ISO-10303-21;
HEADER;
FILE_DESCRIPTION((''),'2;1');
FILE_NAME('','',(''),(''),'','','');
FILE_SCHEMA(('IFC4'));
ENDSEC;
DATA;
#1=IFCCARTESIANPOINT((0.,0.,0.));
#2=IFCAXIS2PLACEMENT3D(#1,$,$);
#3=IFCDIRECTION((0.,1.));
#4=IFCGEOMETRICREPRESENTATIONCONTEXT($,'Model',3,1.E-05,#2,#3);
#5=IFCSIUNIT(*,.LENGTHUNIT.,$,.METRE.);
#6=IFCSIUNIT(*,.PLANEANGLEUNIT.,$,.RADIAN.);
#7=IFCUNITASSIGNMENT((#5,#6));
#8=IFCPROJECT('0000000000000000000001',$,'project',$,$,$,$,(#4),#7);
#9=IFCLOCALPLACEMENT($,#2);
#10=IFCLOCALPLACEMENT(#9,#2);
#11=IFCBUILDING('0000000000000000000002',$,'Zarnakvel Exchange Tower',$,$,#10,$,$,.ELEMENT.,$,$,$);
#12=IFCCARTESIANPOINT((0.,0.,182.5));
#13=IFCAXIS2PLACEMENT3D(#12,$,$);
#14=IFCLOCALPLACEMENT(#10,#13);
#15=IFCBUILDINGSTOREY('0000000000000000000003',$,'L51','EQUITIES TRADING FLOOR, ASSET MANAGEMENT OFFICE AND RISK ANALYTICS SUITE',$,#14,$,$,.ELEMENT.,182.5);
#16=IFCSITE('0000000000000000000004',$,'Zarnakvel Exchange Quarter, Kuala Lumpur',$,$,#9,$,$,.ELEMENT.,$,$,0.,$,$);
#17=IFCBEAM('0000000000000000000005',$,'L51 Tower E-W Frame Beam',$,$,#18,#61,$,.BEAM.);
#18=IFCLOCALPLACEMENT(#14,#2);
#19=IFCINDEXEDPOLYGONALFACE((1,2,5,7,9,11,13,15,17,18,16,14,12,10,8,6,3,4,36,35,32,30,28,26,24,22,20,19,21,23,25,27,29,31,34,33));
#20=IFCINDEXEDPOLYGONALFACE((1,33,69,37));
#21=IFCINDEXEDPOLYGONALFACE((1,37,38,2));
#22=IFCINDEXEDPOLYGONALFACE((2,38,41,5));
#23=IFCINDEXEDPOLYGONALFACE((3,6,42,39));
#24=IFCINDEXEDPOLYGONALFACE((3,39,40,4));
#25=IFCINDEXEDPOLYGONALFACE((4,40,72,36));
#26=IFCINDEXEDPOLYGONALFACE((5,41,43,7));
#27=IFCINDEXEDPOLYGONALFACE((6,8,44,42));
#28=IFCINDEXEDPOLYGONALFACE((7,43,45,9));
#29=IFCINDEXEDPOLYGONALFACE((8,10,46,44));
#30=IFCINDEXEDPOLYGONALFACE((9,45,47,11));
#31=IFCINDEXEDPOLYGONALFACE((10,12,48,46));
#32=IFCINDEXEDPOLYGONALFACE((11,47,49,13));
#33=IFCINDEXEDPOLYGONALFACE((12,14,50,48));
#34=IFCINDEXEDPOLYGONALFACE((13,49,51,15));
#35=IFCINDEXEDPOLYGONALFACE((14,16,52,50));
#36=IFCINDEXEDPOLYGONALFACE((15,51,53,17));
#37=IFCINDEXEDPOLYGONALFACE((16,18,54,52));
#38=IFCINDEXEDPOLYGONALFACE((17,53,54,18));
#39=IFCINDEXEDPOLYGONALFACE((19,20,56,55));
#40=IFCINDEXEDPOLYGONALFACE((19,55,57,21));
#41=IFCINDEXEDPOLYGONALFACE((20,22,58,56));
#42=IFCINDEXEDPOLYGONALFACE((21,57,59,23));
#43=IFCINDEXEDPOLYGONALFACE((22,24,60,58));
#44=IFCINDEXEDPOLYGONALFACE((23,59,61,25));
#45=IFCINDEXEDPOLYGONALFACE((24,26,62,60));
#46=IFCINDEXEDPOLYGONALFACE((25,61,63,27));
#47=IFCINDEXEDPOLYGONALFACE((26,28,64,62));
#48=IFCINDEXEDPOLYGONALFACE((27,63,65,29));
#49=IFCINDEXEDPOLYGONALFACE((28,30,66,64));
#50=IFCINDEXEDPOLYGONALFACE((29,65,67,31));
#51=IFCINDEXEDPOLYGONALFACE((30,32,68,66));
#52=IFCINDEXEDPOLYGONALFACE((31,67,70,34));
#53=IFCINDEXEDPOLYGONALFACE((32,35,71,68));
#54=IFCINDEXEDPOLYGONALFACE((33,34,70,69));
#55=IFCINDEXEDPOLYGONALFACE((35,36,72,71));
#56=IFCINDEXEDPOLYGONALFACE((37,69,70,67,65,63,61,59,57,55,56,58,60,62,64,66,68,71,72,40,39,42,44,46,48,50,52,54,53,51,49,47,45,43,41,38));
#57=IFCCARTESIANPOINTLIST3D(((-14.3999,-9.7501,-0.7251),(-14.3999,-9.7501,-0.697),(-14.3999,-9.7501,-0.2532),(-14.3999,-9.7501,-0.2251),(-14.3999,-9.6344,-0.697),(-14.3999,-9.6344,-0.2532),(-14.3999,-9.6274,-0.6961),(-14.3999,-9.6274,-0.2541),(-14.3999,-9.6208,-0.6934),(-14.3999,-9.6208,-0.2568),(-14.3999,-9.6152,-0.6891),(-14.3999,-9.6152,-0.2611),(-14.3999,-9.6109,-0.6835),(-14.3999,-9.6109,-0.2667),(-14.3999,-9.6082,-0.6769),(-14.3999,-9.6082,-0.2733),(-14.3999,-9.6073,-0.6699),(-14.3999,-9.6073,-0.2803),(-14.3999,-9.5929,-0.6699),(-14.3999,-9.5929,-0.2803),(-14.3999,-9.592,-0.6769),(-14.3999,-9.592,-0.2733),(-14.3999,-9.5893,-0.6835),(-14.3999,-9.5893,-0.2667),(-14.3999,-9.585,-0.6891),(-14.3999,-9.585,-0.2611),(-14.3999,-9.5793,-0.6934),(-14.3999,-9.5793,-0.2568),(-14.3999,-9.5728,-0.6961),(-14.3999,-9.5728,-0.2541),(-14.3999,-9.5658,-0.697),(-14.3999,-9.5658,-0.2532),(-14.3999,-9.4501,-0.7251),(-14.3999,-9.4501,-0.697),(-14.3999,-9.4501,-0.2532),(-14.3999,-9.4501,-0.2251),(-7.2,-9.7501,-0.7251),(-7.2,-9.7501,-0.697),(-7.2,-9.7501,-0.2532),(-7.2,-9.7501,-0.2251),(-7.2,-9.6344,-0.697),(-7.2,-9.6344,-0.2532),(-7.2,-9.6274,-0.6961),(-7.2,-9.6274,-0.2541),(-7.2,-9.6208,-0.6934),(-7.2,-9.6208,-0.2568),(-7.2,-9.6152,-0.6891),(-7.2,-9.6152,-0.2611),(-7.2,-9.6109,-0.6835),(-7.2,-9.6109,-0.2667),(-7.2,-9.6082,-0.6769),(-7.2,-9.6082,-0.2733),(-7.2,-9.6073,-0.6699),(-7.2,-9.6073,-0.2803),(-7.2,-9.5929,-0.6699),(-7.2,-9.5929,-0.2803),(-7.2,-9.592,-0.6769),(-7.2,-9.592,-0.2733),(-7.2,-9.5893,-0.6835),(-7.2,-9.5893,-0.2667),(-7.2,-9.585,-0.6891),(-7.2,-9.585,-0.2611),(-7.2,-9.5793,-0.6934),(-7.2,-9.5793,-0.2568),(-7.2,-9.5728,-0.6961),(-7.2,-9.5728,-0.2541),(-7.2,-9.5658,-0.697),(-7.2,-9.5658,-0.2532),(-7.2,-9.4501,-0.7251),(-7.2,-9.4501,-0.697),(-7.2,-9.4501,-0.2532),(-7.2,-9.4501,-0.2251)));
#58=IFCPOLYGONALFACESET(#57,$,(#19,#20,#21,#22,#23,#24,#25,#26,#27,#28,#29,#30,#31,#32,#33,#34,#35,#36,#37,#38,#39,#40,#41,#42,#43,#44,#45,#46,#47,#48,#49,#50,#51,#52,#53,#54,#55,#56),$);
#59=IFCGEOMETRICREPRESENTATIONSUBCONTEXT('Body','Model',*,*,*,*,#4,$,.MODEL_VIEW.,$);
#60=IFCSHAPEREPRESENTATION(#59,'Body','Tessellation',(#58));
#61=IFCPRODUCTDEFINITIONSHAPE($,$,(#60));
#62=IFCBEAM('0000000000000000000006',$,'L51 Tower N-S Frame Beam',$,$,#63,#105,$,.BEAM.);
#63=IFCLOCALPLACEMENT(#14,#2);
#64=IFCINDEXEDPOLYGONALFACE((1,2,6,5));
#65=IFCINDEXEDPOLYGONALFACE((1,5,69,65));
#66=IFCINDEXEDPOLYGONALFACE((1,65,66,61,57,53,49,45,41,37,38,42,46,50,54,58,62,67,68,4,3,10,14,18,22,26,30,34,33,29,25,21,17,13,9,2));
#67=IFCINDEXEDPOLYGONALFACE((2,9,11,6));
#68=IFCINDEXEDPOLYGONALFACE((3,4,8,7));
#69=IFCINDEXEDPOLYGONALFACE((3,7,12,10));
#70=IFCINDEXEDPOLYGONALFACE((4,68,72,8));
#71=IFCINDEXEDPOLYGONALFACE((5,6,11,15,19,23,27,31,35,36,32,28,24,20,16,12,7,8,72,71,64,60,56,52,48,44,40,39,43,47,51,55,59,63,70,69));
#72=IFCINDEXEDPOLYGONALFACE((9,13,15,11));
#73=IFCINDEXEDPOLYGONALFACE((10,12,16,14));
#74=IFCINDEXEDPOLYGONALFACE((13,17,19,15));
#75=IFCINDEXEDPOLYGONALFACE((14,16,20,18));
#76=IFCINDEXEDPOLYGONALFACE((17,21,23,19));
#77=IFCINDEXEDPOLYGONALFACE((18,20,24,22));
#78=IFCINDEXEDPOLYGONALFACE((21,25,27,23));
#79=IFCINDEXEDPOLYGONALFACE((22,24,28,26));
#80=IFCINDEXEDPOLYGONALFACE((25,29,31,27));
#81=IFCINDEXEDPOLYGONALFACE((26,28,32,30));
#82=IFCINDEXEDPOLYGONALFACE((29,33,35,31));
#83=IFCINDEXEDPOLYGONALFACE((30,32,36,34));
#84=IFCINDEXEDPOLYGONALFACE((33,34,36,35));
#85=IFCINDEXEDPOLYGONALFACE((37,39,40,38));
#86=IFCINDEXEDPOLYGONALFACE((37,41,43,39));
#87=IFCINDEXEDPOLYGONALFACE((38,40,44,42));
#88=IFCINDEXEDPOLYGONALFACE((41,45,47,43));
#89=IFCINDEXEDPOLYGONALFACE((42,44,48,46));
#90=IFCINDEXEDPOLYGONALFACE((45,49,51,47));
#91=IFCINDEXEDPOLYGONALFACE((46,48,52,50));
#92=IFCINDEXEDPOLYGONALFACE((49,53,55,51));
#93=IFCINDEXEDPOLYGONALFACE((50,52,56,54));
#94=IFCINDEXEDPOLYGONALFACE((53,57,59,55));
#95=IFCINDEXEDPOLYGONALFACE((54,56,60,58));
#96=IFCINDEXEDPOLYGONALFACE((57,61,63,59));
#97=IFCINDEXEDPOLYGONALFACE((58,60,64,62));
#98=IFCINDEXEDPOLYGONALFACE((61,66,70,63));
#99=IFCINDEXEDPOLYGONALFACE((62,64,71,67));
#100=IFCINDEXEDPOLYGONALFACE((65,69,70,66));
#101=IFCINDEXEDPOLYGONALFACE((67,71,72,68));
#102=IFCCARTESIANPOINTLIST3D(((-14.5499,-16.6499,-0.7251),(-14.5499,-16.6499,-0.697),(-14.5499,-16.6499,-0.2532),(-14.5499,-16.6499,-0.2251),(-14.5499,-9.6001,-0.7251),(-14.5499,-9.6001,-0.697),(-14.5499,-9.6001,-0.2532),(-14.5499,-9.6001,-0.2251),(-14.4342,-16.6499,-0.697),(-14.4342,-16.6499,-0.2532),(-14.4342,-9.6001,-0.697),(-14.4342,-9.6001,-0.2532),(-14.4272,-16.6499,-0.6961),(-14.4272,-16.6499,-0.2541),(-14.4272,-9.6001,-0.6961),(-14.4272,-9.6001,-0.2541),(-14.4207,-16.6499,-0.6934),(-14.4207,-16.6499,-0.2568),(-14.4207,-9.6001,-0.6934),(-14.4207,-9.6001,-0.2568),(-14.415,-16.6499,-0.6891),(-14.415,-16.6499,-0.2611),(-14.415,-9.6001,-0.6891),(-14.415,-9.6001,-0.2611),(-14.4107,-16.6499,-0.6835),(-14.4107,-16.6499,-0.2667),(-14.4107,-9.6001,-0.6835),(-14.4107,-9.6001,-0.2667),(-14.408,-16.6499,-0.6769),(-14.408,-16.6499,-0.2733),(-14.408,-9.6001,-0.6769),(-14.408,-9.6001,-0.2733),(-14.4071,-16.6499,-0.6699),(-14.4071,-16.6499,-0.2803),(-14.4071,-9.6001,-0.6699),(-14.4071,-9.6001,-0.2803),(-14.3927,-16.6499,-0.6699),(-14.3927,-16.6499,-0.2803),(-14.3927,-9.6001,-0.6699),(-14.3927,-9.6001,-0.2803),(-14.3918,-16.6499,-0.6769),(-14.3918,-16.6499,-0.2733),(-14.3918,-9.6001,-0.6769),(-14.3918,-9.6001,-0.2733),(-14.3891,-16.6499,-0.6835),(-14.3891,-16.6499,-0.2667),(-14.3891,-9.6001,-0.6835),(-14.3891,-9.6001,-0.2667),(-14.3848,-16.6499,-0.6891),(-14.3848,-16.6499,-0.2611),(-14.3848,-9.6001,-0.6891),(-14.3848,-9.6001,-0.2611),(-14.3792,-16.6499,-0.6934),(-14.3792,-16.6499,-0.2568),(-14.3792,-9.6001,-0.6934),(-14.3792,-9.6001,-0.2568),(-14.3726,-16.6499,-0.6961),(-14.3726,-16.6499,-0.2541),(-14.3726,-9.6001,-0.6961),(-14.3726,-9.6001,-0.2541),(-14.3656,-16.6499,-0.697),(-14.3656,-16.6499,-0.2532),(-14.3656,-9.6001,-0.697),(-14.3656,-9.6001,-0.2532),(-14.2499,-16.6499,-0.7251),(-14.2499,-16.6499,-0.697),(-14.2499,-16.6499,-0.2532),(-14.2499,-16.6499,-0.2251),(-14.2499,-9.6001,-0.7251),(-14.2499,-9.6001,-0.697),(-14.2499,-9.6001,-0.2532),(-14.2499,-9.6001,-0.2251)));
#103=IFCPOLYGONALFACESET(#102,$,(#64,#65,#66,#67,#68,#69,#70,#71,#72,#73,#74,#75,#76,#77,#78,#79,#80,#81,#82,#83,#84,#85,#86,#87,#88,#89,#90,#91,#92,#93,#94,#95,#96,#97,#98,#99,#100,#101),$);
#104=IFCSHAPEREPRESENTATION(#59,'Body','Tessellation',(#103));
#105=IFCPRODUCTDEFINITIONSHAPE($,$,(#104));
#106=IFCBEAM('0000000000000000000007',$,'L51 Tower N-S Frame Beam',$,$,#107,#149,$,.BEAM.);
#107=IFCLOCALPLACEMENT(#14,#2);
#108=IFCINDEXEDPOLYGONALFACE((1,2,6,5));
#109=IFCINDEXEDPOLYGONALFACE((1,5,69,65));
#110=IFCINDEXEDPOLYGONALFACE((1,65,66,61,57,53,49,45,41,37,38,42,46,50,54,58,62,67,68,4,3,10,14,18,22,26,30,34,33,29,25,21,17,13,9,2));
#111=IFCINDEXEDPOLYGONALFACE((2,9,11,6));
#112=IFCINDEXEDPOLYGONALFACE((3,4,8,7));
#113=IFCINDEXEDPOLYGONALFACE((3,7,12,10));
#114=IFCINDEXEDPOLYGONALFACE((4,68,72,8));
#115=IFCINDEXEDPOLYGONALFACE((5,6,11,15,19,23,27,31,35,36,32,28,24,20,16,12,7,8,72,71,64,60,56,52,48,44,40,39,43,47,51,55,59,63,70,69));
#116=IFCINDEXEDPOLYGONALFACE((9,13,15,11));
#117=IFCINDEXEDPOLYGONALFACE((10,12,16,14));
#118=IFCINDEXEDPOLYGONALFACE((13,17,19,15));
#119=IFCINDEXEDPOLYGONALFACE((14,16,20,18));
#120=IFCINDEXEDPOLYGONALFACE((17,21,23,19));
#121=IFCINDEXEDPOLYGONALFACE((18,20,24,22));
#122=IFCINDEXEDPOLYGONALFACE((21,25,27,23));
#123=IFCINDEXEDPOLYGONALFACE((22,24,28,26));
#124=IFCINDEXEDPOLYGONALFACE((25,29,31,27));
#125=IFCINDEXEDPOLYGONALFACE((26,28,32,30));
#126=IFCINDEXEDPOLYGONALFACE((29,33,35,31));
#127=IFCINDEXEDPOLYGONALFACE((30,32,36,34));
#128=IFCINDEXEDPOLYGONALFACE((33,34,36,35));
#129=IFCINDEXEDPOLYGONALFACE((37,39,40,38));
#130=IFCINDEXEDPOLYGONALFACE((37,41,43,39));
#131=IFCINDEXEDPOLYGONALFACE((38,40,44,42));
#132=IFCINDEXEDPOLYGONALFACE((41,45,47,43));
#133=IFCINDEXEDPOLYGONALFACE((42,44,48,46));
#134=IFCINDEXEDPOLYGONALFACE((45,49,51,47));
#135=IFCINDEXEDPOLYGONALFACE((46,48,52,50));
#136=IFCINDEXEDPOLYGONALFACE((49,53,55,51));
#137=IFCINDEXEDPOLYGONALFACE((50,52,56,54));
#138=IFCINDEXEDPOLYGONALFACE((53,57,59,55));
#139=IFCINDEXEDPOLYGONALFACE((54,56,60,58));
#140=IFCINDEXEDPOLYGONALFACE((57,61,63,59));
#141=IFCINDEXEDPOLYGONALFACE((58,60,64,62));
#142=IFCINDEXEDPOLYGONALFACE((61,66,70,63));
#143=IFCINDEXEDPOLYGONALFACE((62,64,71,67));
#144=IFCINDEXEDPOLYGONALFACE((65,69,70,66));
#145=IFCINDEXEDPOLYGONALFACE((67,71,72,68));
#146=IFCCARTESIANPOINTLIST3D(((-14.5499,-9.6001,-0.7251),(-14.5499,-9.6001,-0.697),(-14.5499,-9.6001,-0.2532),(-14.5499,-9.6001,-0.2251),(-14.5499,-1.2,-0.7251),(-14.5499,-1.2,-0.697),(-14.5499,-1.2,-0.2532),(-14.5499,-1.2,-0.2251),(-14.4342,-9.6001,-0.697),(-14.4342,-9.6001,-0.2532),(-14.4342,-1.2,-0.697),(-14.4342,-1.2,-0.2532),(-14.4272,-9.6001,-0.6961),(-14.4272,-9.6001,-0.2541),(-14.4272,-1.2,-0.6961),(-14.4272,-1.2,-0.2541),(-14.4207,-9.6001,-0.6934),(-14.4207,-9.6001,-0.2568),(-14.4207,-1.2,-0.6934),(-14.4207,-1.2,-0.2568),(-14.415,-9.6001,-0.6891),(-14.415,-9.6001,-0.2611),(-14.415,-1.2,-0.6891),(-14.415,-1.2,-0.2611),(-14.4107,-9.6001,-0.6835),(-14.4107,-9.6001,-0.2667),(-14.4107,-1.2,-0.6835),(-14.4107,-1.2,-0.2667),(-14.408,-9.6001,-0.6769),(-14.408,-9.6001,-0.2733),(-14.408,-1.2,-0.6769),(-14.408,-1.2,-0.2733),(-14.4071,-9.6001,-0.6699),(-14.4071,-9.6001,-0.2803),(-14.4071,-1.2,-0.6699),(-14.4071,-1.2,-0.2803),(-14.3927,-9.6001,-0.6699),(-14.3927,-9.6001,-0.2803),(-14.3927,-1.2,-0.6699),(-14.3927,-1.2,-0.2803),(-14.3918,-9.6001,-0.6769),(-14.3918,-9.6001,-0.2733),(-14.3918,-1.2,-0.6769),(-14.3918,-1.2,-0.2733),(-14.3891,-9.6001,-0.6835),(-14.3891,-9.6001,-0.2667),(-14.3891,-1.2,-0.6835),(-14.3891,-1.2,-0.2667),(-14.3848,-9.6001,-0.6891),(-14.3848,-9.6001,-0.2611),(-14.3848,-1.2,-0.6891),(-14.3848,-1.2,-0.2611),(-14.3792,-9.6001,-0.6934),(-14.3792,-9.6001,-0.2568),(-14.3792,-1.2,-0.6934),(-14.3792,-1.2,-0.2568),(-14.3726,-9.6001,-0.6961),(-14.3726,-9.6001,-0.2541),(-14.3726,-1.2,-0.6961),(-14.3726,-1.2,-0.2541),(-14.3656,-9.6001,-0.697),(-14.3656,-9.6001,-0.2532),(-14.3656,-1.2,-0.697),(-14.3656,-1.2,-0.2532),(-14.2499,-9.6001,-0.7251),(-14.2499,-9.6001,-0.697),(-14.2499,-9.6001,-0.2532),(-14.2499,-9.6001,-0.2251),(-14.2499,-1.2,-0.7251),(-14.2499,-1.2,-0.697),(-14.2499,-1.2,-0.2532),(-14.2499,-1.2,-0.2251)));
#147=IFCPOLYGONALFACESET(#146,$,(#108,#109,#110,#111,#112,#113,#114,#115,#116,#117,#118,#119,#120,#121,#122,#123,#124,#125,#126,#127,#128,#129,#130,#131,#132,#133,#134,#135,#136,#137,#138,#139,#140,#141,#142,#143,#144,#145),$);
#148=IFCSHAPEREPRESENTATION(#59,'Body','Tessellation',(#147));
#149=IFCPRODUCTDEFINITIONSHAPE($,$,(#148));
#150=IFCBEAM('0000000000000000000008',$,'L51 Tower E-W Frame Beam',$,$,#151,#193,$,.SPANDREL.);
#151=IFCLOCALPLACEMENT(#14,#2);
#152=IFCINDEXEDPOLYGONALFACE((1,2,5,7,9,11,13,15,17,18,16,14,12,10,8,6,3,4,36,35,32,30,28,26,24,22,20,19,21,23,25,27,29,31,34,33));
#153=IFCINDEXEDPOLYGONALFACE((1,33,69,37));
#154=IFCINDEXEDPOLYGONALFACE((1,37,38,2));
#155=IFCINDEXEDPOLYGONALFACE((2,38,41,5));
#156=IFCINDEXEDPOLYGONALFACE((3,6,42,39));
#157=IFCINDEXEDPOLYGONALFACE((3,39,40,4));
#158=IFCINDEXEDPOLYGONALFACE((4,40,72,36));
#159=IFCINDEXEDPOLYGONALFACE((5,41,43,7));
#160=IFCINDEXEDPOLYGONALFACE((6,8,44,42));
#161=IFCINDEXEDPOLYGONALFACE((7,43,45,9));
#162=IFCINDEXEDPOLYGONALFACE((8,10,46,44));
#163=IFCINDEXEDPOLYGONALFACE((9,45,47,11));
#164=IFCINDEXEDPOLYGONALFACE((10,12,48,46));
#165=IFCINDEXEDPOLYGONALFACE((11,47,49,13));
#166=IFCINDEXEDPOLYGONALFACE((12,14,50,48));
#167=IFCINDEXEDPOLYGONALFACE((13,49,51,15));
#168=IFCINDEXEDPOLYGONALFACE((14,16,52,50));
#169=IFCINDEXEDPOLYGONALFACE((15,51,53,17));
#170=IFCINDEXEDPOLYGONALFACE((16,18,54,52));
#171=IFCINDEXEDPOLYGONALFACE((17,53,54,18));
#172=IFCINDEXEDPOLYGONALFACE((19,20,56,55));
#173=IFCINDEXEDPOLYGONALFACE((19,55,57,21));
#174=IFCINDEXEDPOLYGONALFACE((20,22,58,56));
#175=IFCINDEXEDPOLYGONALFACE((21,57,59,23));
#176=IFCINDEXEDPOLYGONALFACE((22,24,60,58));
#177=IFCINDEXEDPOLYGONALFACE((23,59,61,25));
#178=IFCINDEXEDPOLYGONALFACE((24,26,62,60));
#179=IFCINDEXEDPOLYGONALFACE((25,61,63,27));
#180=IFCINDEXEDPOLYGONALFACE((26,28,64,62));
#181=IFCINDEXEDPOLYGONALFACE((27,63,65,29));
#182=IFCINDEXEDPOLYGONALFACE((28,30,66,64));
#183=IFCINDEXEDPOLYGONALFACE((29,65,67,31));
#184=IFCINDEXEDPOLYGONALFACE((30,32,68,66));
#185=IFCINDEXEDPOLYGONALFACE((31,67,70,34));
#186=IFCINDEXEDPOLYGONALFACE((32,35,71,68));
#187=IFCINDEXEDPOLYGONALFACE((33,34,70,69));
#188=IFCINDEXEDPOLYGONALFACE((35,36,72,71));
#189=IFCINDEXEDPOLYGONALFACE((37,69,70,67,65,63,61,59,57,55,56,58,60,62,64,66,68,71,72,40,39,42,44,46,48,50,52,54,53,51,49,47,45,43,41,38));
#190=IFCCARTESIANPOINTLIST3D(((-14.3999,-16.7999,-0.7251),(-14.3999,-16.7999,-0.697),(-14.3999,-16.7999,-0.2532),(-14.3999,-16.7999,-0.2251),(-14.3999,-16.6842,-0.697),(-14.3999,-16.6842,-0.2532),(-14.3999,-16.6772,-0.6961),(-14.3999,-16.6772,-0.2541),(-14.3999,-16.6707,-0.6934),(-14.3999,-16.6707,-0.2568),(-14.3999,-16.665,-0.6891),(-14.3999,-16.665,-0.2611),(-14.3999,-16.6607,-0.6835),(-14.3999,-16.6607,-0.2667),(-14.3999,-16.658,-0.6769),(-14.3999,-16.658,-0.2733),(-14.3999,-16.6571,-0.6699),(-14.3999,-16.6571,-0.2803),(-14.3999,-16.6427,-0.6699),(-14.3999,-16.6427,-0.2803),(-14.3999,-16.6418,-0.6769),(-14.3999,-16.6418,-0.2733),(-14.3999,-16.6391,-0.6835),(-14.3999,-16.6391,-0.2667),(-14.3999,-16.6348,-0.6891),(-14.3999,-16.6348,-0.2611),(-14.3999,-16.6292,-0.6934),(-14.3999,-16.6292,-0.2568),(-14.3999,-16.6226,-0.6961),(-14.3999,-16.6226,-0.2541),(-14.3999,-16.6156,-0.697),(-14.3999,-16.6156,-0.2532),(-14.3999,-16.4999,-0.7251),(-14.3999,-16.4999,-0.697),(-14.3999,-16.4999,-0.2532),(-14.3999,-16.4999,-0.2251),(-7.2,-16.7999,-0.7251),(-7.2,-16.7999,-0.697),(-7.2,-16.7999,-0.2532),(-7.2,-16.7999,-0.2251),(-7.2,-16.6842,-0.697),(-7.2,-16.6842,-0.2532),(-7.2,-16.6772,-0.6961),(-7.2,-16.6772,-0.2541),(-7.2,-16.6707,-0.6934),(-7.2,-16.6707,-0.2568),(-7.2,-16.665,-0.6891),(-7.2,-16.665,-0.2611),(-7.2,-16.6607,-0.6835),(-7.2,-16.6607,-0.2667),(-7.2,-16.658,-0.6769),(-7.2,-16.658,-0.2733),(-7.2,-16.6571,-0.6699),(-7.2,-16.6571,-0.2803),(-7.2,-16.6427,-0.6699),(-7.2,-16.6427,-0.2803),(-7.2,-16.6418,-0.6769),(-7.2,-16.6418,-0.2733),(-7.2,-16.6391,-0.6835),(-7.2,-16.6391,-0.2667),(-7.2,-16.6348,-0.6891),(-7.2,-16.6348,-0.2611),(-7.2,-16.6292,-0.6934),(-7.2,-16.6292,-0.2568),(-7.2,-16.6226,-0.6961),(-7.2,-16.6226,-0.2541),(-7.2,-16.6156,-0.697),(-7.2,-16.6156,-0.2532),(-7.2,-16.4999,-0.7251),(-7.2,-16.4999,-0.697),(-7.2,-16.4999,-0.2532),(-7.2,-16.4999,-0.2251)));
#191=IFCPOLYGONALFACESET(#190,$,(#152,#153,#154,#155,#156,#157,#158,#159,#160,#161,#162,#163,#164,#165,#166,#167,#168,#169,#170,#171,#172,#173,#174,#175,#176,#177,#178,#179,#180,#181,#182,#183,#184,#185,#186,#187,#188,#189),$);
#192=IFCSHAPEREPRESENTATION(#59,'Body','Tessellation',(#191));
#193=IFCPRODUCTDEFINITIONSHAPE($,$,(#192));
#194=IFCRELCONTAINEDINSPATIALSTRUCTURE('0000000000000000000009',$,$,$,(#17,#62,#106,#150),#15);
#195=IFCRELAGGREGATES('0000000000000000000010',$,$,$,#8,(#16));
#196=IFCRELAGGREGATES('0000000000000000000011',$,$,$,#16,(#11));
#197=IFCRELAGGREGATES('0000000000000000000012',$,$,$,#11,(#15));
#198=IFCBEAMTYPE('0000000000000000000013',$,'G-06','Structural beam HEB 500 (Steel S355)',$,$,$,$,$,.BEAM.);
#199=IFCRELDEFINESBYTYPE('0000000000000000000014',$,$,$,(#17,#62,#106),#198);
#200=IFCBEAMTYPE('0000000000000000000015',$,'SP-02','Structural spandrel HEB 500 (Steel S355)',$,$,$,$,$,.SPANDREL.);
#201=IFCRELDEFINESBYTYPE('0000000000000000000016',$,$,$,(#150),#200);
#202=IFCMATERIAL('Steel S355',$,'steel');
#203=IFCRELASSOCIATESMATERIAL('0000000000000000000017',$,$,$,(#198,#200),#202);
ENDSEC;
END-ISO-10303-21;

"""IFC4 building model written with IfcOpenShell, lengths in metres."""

from ifc_helpers import new_model, si_unit, direction, frame, origin, origin_2d, place, context, subcontext, project, spatial, i_section, extrude, material, material_profile, profile_set, type_object, element, save


model = new_model("IFC4")

# Units and contexts
model_context = context("Model", 3, precision=1e-05, world=origin(), true_north=direction((0.0, 1.0)))
body_context = subcontext(model_context, "Body", "Model", "MODEL_VIEW")
ifc_project = project(units=[si_unit("LENGTHUNIT", "METRE"), si_unit("PLANEANGLEUNIT", "RADIAN")], contexts=[model_context])

# Site, building, storey
site_placement = place(None, origin())
site = spatial("IfcSite", under=ifc_project, at=site_placement, Name="Zarnakvel Exchange Quarter, Kuala Lumpur", CompositionType="ELEMENT", RefElevation=0.0)
building_placement = place(site_placement, origin())
building = spatial("IfcBuilding", under=site, at=building_placement, Name="Zarnakvel Exchange Tower", CompositionType="ELEMENT")
storey_placement = place(building_placement, frame((0.0, 0.0, 182.5)))
storey = spatial("IfcBuildingStorey", under=building, at=storey_placement, Name="L51", Description="EQUITIES TRADING FLOOR, ASSET MANAGEMENT OFFICE AND RISK ANALYTICS SUITE", CompositionType="ELEMENT", Elevation=182.5)

# Shared definitions
ifc_material_1 = material(Name="Steel S355", Category="steel")

# Beams
ifc_material_profile_1 = material_profile(ifc_material_1, i_section(OverallWidth=0.3, OverallDepth=0.5, WebThickness=0.0144, FlangeThickness=0.0281, FilletRadius=0.0271, at=origin_2d()))
ifc_profile_set_1 = profile_set([ifc_material_profile_1], Name="Steel S355")
beam_type_1 = type_object("IfcBeamType", Name="G-06", Description="Structural beam HEB 500 (Steel S355)", PredefinedType="BEAM", material=ifc_profile_set_1)
beam_1_placement = place(storey_placement, frame((-14.3999, -9.6001, -0.4751), z_axis=(1.0, 0.0, 0.0), x_axis=(0.0, 1.0, 0.0)))
element("IfcBeam", 1, at=beam_1_placement, inside=storey, type_object=beam_type_1, Name="L51 Tower E-W Frame Beam", PredefinedType="BEAM", context=body_context, shape_type="SweptSolid", body=[
    extrude(i_section(OverallWidth=0.3, OverallDepth=0.5, WebThickness=0.0144, FlangeThickness=0.0281, FilletRadius=0.0271, at=origin_2d()), origin(), (0.0, 0.0, 1.0), 7.2),
])
beam_2_placement = place(storey_placement, frame((-14.3999, -16.6499, -0.4751), z_axis=(0.0, 1.0, 0.0), x_axis=(-1.0, 0.0, 0.0)))
element("IfcBeam", 2, at=beam_2_placement, inside=storey, type_object=beam_type_1, Name="L51 Tower N-S Frame Beam", PredefinedType="BEAM", context=body_context, shape_type="SweptSolid", body=[
    extrude(i_section(OverallWidth=0.3, OverallDepth=0.5, WebThickness=0.0144, FlangeThickness=0.0281, FilletRadius=0.0271, at=origin_2d()), origin(), (0.0, 0.0, 1.0), 7.0498),
])
beam_3_placement = place(storey_placement, frame((-14.3999, -9.6001, -0.4751), z_axis=(0.0, 1.0, 0.0), x_axis=(-1.0, 0.0, 0.0)))
element("IfcBeam", 3, at=beam_3_placement, inside=storey, type_object=beam_type_1, Name="L51 Tower N-S Frame Beam", PredefinedType="BEAM", context=body_context, shape_type="SweptSolid", body=[
    extrude(i_section(OverallWidth=0.3, OverallDepth=0.5, WebThickness=0.0144, FlangeThickness=0.0281, FilletRadius=0.0271, at=origin_2d()), origin(), (0.0, 0.0, 1.0), 8.4001),
])
ifc_material_profile_2 = material_profile(ifc_material_1, i_section(OverallWidth=0.3, OverallDepth=0.5, WebThickness=0.0144, FlangeThickness=0.0281, FilletRadius=0.0271, at=origin_2d()))
ifc_profile_set_2 = profile_set([ifc_material_profile_2], Name="Steel S355")
beam_type_2 = type_object("IfcBeamType", Name="SP-02", Description="Structural spandrel HEB 500 (Steel S355)", PredefinedType="SPANDREL", material=ifc_profile_set_2)
beam_4_placement = place(storey_placement, frame((-14.3999, -16.6499, -0.4751), z_axis=(1.0, 0.0, 0.0), x_axis=(0.0, 1.0, 0.0)))
element("IfcBeam", 4, at=beam_4_placement, inside=storey, type_object=beam_type_2, Name="L51 Tower E-W Frame Beam", PredefinedType="SPANDREL", context=body_context, shape_type="SweptSolid", body=[
    extrude(i_section(OverallWidth=0.3, OverallDepth=0.5, WebThickness=0.0144, FlangeThickness=0.0281, FilletRadius=0.0271, at=origin_2d()), origin(), (0.0, 0.0, 1.0), 7.2),
])

save(model, "model.ifc")
